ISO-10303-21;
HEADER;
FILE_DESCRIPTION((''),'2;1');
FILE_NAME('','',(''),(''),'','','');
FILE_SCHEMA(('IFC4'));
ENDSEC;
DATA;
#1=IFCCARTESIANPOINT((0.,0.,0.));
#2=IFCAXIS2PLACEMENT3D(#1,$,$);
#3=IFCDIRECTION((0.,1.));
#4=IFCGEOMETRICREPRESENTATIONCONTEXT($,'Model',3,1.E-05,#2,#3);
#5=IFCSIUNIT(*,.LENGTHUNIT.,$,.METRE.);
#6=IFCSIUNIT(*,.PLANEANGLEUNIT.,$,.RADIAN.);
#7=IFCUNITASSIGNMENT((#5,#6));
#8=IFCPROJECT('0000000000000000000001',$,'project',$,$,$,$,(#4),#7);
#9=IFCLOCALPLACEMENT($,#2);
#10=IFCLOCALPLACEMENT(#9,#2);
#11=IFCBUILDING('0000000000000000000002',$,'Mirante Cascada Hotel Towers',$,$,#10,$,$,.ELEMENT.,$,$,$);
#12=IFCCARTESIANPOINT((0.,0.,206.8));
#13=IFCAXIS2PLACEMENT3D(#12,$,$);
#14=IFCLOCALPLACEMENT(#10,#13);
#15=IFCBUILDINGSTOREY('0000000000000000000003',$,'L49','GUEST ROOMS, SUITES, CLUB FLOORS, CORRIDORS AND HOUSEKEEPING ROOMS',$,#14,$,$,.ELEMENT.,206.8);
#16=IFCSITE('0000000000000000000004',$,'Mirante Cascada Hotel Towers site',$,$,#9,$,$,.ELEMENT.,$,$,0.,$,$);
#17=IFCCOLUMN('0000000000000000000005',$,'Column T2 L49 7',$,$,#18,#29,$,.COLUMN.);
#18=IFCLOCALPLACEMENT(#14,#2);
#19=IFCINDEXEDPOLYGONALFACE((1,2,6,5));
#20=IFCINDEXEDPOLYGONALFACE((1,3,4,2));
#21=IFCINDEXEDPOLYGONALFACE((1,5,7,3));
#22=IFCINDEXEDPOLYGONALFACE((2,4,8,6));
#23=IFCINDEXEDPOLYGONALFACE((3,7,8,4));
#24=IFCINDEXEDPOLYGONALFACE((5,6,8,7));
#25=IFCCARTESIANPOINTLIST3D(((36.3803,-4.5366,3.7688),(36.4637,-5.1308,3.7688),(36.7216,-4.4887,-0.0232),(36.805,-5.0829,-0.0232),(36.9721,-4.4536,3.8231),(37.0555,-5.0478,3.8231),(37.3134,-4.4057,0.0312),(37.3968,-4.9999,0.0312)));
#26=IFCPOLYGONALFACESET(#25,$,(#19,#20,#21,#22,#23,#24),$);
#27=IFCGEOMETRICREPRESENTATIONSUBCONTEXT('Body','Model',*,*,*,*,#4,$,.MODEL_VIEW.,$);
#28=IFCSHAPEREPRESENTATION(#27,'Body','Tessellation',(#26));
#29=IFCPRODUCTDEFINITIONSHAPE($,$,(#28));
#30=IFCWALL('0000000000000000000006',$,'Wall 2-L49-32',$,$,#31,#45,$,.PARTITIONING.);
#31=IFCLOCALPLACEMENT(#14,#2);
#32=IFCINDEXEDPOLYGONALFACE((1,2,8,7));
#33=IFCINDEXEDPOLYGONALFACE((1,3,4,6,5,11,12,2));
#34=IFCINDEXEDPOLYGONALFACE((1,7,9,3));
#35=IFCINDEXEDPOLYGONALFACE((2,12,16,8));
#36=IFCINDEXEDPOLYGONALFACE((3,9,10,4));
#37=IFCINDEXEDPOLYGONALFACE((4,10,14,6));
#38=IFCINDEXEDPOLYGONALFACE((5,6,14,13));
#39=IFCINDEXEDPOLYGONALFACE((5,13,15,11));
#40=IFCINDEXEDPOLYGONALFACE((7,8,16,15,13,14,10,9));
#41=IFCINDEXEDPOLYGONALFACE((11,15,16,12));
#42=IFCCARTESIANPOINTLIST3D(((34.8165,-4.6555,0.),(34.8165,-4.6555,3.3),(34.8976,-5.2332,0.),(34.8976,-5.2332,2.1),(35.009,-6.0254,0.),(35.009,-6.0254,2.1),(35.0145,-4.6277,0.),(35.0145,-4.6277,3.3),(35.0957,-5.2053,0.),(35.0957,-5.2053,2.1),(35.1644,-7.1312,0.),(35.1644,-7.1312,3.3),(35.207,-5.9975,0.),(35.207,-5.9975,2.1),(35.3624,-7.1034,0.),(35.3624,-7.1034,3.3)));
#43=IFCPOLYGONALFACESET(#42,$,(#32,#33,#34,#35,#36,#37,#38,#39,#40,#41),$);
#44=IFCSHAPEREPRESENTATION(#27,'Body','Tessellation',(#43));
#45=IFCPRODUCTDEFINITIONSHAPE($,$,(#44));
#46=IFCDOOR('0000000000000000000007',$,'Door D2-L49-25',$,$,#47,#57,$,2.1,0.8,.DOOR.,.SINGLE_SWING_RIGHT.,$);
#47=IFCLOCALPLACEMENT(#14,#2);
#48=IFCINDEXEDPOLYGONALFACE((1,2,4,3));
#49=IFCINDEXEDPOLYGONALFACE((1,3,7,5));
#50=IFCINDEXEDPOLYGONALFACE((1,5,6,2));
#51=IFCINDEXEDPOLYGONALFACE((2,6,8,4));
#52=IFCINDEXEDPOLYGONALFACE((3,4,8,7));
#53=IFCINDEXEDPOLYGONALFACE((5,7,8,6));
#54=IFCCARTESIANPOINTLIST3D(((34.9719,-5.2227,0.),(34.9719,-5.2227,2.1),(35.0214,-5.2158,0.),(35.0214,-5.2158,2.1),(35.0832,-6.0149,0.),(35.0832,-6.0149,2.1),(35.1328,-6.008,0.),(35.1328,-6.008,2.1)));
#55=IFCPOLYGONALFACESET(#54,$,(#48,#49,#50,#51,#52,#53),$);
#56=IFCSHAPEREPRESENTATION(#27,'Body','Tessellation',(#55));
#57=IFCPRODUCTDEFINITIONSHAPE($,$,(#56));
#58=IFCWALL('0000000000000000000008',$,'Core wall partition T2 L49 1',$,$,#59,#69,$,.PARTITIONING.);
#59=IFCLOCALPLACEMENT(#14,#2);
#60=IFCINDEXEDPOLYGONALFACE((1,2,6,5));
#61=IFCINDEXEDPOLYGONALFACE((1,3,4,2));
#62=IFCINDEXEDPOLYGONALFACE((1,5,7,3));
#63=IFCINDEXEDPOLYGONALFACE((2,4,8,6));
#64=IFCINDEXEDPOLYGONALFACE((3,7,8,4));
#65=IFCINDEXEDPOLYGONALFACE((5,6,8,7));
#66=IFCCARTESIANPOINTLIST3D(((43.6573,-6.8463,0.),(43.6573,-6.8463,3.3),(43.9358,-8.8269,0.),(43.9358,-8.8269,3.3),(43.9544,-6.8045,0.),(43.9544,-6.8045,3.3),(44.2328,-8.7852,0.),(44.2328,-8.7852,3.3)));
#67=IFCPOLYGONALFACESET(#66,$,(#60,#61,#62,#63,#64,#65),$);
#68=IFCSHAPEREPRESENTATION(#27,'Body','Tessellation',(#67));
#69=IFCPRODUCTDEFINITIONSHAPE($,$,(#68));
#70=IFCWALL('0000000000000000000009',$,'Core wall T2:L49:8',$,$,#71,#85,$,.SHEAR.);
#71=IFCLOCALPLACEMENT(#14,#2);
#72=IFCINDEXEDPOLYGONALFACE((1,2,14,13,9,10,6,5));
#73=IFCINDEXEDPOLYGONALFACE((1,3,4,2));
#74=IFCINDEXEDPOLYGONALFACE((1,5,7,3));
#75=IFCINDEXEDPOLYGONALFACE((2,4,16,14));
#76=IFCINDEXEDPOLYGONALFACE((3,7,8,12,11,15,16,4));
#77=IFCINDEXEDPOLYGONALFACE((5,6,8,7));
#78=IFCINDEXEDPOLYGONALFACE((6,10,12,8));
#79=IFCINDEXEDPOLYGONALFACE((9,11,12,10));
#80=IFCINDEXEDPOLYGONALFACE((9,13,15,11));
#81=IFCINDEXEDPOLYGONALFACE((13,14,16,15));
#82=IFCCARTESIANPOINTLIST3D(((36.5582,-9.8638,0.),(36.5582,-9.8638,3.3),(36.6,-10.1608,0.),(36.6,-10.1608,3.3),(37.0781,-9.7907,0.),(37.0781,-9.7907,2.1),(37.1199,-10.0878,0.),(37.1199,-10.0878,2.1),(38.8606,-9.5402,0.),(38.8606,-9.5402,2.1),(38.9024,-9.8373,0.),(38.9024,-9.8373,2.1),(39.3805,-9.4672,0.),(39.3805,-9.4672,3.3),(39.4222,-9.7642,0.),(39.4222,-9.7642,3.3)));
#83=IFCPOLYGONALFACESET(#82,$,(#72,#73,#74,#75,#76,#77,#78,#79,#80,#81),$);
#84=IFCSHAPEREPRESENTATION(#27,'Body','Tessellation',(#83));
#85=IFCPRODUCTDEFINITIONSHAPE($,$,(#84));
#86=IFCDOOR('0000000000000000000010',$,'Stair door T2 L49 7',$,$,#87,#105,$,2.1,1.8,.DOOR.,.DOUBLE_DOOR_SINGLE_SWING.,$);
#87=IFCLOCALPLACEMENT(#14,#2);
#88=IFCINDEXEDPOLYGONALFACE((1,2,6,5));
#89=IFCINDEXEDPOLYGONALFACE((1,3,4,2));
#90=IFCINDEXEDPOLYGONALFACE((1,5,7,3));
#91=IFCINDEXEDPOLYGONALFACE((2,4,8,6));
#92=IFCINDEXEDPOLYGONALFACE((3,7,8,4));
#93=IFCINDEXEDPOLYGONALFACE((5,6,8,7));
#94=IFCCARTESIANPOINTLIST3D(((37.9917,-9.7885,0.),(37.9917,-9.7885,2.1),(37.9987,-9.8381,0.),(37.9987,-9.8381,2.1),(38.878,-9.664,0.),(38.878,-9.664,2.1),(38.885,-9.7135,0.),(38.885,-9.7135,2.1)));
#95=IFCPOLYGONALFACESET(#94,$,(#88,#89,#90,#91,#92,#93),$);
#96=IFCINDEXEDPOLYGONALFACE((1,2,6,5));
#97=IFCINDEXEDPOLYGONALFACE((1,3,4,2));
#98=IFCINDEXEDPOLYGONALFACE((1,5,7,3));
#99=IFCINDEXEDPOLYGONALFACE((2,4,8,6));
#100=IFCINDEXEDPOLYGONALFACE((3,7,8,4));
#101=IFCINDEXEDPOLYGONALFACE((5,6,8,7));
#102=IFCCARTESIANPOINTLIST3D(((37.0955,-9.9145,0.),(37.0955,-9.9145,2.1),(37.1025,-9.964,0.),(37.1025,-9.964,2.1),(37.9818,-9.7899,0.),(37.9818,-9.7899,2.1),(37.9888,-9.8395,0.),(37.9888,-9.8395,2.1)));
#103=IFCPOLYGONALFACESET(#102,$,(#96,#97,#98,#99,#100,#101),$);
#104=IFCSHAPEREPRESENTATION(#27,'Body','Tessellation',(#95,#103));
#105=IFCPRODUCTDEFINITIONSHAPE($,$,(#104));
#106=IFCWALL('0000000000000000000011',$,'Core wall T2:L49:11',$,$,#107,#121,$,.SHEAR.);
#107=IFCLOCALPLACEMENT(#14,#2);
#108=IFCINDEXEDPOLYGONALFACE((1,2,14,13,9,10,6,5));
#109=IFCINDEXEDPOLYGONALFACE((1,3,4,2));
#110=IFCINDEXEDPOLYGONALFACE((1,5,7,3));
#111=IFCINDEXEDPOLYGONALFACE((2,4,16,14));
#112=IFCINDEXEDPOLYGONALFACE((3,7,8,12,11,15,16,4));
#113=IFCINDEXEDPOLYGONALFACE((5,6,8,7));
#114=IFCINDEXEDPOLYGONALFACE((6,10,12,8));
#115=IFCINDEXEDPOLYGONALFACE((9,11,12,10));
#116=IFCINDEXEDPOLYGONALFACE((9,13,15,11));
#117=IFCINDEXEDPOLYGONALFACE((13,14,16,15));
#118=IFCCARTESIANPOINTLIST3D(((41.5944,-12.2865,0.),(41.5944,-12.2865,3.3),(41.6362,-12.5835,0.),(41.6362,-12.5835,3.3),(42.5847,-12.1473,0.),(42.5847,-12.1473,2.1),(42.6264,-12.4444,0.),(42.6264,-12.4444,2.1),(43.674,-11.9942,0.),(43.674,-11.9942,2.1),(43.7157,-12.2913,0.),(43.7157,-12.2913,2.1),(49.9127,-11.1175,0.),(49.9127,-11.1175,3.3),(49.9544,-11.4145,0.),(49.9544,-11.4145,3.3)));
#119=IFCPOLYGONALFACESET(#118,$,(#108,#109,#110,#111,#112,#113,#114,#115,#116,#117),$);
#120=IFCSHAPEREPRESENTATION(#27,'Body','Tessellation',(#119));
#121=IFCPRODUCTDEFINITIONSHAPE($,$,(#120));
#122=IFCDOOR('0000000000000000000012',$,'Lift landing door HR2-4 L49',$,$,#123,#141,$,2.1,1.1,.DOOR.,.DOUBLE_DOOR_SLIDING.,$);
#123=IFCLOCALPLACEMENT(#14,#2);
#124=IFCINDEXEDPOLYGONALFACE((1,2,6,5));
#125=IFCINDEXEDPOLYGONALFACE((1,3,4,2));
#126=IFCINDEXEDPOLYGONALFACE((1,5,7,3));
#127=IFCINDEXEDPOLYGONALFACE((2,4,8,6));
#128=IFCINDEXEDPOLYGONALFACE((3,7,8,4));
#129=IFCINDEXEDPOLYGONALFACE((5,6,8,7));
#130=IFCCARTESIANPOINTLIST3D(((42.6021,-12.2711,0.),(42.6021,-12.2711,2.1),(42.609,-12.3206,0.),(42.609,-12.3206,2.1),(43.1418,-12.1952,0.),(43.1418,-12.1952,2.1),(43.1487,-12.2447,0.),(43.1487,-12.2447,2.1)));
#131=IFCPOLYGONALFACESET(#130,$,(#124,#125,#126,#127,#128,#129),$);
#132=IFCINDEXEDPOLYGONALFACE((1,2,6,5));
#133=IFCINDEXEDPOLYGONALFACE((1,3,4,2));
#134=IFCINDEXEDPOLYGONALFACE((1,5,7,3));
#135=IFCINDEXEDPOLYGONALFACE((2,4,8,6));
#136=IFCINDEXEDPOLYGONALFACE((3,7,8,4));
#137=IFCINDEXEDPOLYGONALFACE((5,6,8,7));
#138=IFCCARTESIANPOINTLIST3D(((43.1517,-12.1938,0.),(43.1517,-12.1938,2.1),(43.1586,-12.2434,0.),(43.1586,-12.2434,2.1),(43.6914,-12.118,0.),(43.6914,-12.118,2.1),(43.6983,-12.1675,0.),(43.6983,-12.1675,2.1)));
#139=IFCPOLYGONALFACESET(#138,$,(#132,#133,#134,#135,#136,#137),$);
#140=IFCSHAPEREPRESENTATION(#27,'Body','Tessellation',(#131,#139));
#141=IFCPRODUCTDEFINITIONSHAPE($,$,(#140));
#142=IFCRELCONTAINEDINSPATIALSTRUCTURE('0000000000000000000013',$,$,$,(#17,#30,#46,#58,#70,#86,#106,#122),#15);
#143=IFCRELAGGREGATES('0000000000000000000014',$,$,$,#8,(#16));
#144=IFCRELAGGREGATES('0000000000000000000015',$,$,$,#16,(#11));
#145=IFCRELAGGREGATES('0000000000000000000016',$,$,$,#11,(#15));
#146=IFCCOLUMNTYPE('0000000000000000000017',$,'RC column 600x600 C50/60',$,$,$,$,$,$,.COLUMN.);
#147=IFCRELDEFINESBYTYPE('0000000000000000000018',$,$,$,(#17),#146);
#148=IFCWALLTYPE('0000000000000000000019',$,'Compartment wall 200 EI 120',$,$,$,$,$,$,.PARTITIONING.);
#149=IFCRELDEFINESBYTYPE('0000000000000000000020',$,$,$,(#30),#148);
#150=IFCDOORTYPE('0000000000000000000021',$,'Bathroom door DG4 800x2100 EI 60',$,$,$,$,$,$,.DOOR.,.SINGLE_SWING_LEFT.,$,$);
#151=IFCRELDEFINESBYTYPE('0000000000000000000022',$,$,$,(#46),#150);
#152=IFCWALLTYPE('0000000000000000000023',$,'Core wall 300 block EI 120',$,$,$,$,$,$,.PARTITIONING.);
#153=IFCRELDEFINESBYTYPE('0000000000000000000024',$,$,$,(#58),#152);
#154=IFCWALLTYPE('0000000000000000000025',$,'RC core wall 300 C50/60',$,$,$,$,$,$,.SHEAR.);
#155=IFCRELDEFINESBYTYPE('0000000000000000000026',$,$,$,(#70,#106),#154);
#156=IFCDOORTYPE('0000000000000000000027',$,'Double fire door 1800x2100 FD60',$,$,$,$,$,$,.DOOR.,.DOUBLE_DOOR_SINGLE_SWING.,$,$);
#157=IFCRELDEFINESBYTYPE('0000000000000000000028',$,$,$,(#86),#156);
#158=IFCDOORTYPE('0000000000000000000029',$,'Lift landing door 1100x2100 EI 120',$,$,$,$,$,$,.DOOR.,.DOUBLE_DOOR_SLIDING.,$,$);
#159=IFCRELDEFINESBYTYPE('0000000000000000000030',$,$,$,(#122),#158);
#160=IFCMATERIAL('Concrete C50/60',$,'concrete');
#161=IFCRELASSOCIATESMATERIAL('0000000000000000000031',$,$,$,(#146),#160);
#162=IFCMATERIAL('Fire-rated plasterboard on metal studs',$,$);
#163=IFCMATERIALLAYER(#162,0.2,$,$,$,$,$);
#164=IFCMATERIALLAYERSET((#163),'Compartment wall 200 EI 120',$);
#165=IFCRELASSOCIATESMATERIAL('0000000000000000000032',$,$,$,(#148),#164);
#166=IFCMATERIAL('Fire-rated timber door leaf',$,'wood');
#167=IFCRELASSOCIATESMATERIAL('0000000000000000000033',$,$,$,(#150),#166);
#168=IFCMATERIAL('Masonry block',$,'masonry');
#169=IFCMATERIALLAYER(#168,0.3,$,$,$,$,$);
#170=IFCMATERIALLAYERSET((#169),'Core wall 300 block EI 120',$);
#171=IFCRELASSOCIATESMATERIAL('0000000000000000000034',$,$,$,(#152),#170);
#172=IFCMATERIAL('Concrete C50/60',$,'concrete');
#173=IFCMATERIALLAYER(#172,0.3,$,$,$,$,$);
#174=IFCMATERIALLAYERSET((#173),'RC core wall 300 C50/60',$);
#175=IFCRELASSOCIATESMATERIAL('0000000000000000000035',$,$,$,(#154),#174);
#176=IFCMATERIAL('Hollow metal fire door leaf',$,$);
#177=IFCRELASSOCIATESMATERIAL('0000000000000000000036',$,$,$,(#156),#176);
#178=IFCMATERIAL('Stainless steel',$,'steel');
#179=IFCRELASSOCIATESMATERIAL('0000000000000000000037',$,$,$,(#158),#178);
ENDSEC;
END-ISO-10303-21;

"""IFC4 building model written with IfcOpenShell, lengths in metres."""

from ifc_helpers import new_model, si_unit, direction, frame, frame_2d, origin, origin_2d, place, context, subcontext, project, spatial, rectangle, extrude, material, layer, layer_set, material_profile, profile_set, type_object, element, fill, save


model = new_model("IFC4")

# Units and contexts
model_context = context("Model", 3, precision=1e-05, world=origin(), true_north=direction((0.0, 1.0)))
body_context = subcontext(model_context, "Body", "Model", "MODEL_VIEW")
ifc_project = project(units=[si_unit("LENGTHUNIT", "METRE"), si_unit("PLANEANGLEUNIT", "RADIAN")], contexts=[model_context])

# Site, building, storey
site_placement = place(None, origin())
site = spatial("IfcSite", under=ifc_project, at=site_placement, Name="Mirante Cascada Hotel Towers site", CompositionType="ELEMENT", RefElevation=0.0)
building_placement = place(site_placement, origin())
building = spatial("IfcBuilding", under=site, at=building_placement, Name="Mirante Cascada Hotel Towers", CompositionType="ELEMENT")
storey_placement = place(building_placement, frame((0.0, 0.0, 206.8)))
storey = spatial("IfcBuildingStorey", under=building, at=storey_placement, Name="L49", Description="GUEST ROOMS, SUITES, CLUB FLOORS, CORRIDORS AND HOUSEKEEPING ROOMS", CompositionType="ELEMENT", Elevation=206.8)

# Column
ifc_material_1 = material(Name="Concrete C50/60", Category="concrete")
ifc_material_profile = material_profile(ifc_material_1, rectangle(XDim=0.6, YDim=0.6, at=origin_2d()), Name="RC column 600x600 C50/60")
ifc_profile_set = profile_set([ifc_material_profile], Name="Concrete C50/60")
column_type = type_object("IfcColumnType", Name="RC column 600x600 C50/60", PredefinedType="COLUMN", material=ifc_profile_set)
column_placement = place(storey_placement, frame((37.0592, -4.7443, 0.004), z_axis=(-0.089636, -0.01258, 0.995895), x_axis=(0.138984, -0.990295, 0.0)))
element("IfcColumn", 1, at=column_placement, inside=storey, type_object=column_type, Name="Column T2 L49 7", PredefinedType="COLUMN", context=body_context, shape_type="SweptSolid", body=[
    extrude(rectangle(XDim=0.6, YDim=0.6, at=origin_2d()), origin(), (0.0, 0.0, 1.0), 3.8076),
])

# Wall, opening, door
ifc_material_2 = material(Name="Fire-rated plasterboard on metal studs")
ifc_layer_1 = layer(ifc_material_2, 0.2)
ifc_layer_set_1 = layer_set([ifc_layer_1], Name="Compartment wall 200 EI 120")
wall_type_1 = type_object("IfcWallType", Name="Compartment wall 200 EI 120", PredefinedType="PARTITIONING", material=ifc_layer_set_1)
wall_1_placement = place(storey_placement, frame((35.2634, -7.1173, 0.0), z_axis=(0.0, 0.0, 1.0), x_axis=(-0.139159, 0.99027, 0.0)))
wall_1 = element("IfcWall", 2, at=wall_1_placement, inside=storey, type_object=wall_type_1, Name="Wall 2-L49-32", PredefinedType="PARTITIONING", context=body_context, shape_type="SweptSolid", body=[
    extrude(rectangle(XDim=2.5, YDim=0.2, at=frame_2d((1.25, 0.0))), origin(), (0.0, 0.0, 1.0), 3.3),
])
opening_1_placement = place(wall_1_placement, frame((1.1167, 0.0, 0.0)))
opening_1 = element("IfcOpeningElement", 3, at=opening_1_placement, cuts=wall_1, PredefinedType="OPENING", context=body_context, shape_type="SweptSolid", body=[
    extrude(rectangle(XDim=0.8, YDim=2.1, at=frame_2d((0.4, 1.05))), frame((0.0, 0.1, 0.0), z_axis=(0.0, -1.0, 0.0), x_axis=(1.0, 0.0, 0.0)), (0.0, 0.0, 1.0), 0.2),
])
ifc_material_3 = material(Name="Fire-rated timber door leaf", Category="wood")
door_type_1 = type_object("IfcDoorType", Name="Bathroom door DG4 800x2100 EI 60", OperationType="SINGLE_SWING_LEFT", PredefinedType="DOOR", material=ifc_material_3)
door_1_placement = place(opening_1_placement, frame((0.8, 0.0, 0.0), z_axis=(0.0, 0.0, 1.0), x_axis=(-1.0, 0.0, 0.0)))
door_1 = element("IfcDoor", 4, at=door_1_placement, inside=storey, type_object=door_type_1, Name="Door D2-L49-25", OperationType="SINGLE_SWING_RIGHT", OverallHeight=2.1, OverallWidth=0.8, PredefinedType="DOOR", context=body_context, shape_type="SweptSolid", body=[
    extrude(rectangle(XDim=0.8, YDim=2.1, at=frame_2d((0.4, 1.05))), frame((0.0, 0.025, 0.0), z_axis=(0.0, -1.0, 0.0), x_axis=(1.0, 0.0, 0.0)), (0.0, 0.0, 1.0), 0.05),
])
fill(opening_1, door_1)

# Wall
ifc_material_4 = material(Name="Masonry block", Category="masonry")
ifc_layer_2 = layer(ifc_material_4, 0.3)
ifc_layer_set_2 = layer_set([ifc_layer_2], Name="Core wall 300 block EI 120")
wall_type_2 = type_object("IfcWallType", Name="Core wall 300 block EI 120", PredefinedType="PARTITIONING", material=ifc_layer_set_2)
wall_2_placement = place(storey_placement, frame((44.0843, -8.8061, 0.0), z_axis=(0.0, 0.0, 1.0), x_axis=(-0.139195, 0.990265, 0.0)))
element("IfcWall", 5, at=wall_2_placement, inside=storey, type_object=wall_type_2, Name="Core wall partition T2 L49 1", PredefinedType="PARTITIONING", context=body_context, shape_type="SweptSolid", body=[
    extrude(rectangle(XDim=2.0001, YDim=0.3, at=frame_2d((1.0001, 0.0))), origin(), (0.0, 0.0, 1.0), 3.3),
])

# Walls, openings, doors
ifc_material_5 = material(Name="Concrete C50/60", Category="concrete")
ifc_layer_3 = layer(ifc_material_5, 0.3)
ifc_layer_set_3 = layer_set([ifc_layer_3], Name="RC core wall 300 C50/60")
wall_type_3 = type_object("IfcWallType", Name="RC core wall 300 C50/60", PredefinedType="SHEAR", material=ifc_layer_set_3)
wall_3_placement = place(storey_placement, frame((36.5791, -10.0123, 0.0), z_axis=(0.0, 0.0, 1.0), x_axis=(0.99027, 0.139156, 0.0)))
wall_3 = element("IfcWall", 6, at=wall_3_placement, inside=storey, type_object=wall_type_3, Name="Core wall T2:L49:8", PredefinedType="SHEAR", context=body_context, shape_type="SweptSolid", body=[
    extrude(rectangle(XDim=2.85, YDim=0.3, at=frame_2d((1.425, 0.0))), origin(), (0.0, 0.0, 1.0), 3.3),
])
opening_2_placement = place(wall_3_placement, frame((0.525, 0.0, 0.0)))
opening_2 = element("IfcOpeningElement", 7, at=opening_2_placement, cuts=wall_3, PredefinedType="OPENING", context=body_context, shape_type="SweptSolid", body=[
    extrude(rectangle(XDim=1.8, YDim=2.1, at=frame_2d((0.9, 1.05))), frame((0.0, 0.15, 0.0), z_axis=(0.0, -1.0, 0.0), x_axis=(1.0, 0.0, 0.0)), (0.0, 0.0, 1.0), 0.3),
])
ifc_material_6 = material(Name="Hollow metal fire door leaf")
door_type_2 = type_object("IfcDoorType", Name="Double fire door 1800x2100 FD60", OperationType="DOUBLE_DOOR_SINGLE_SWING", PredefinedType="DOOR", material=ifc_material_6)
door_2_placement = place(opening_2_placement, frame((1.8, 0.0, 0.0), z_axis=(0.0, 0.0, 1.0), x_axis=(-1.0, 0.0, 0.0)))
door_2 = element("IfcDoor", 8, at=door_2_placement, inside=storey, type_object=door_type_2, Name="Stair door T2 L49 7", OperationType="DOUBLE_DOOR_SINGLE_SWING", OverallHeight=2.1, OverallWidth=1.8, PredefinedType="DOOR", context=body_context, shape_type="SweptSolid", body=[
    extrude(rectangle(XDim=0.895, YDim=2.1, at=frame_2d((0.4475, 1.05))), frame((0.0, 0.025, 0.0), z_axis=(0.0, -1.0, 0.0), x_axis=(1.0, 0.0, 0.0)), (0.0, 0.0, 1.0), 0.05),
    extrude(rectangle(XDim=0.895, YDim=2.1, at=frame_2d((1.3525, 1.05))), frame((0.0, 0.025, 0.0), z_axis=(0.0, -1.0, 0.0), x_axis=(1.0, 0.0, 0.0)), (0.0, 0.0, 1.0), 0.05),
])
fill(opening_2, door_2)
wall_4_placement = place(storey_placement, frame((41.6153, -12.435, 0.0), z_axis=(0.0, 0.0, 1.0), x_axis=(0.990269, 0.139166, 0.0)))
wall_4 = element("IfcWall", 9, at=wall_4_placement, inside=storey, type_object=wall_type_3, Name="Core wall T2:L49:11", PredefinedType="SHEAR", context=body_context, shape_type="SweptSolid", body=[
    extrude(rectangle(XDim=8.4, YDim=0.3, at=frame_2d((4.2, 0.0))), origin(), (0.0, 0.0, 1.0), 3.3),
])
opening_3_placement = place(wall_4_placement, frame((1.0, 0.0, 0.0)))
opening_3 = element("IfcOpeningElement", 10, at=opening_3_placement, cuts=wall_4, PredefinedType="OPENING", context=body_context, shape_type="SweptSolid", body=[
    extrude(rectangle(XDim=1.1, YDim=2.1, at=frame_2d((0.55, 1.05))), frame((0.0, 0.15, 0.0), z_axis=(0.0, -1.0, 0.0), x_axis=(1.0, 0.0, 0.0)), (0.0, 0.0, 1.0), 0.3),
])
ifc_material_7 = material(Name="Stainless steel", Category="steel")
door_type_3 = type_object("IfcDoorType", Name="Lift landing door 1100x2100 EI 120", OperationType="DOUBLE_DOOR_SLIDING", PredefinedType="DOOR", material=ifc_material_7)
door_3_placement = place(opening_3_placement, origin())
door_3 = element("IfcDoor", 11, at=door_3_placement, inside=storey, type_object=door_type_3, Name="Lift landing door HR2-4 L49", OperationType="DOUBLE_DOOR_SLIDING", OverallHeight=2.1, OverallWidth=1.1, PredefinedType="DOOR", context=body_context, shape_type="SweptSolid", body=[
    extrude(rectangle(XDim=0.545, YDim=2.1, at=frame_2d((0.2725, 1.05))), frame((0.0, 0.025, 0.0), z_axis=(0.0, -1.0, 0.0), x_axis=(1.0, 0.0, 0.0)), (0.0, 0.0, 1.0), 0.05),
    extrude(rectangle(XDim=0.545, YDim=2.1, at=frame_2d((0.8275, 1.05))), frame((0.0, 0.025, 0.0), z_axis=(0.0, -1.0, 0.0), x_axis=(1.0, 0.0, 0.0)), (0.0, 0.0, 1.0), 0.05),
])
fill(opening_3, door_3)

save(model, "model.ifc")
